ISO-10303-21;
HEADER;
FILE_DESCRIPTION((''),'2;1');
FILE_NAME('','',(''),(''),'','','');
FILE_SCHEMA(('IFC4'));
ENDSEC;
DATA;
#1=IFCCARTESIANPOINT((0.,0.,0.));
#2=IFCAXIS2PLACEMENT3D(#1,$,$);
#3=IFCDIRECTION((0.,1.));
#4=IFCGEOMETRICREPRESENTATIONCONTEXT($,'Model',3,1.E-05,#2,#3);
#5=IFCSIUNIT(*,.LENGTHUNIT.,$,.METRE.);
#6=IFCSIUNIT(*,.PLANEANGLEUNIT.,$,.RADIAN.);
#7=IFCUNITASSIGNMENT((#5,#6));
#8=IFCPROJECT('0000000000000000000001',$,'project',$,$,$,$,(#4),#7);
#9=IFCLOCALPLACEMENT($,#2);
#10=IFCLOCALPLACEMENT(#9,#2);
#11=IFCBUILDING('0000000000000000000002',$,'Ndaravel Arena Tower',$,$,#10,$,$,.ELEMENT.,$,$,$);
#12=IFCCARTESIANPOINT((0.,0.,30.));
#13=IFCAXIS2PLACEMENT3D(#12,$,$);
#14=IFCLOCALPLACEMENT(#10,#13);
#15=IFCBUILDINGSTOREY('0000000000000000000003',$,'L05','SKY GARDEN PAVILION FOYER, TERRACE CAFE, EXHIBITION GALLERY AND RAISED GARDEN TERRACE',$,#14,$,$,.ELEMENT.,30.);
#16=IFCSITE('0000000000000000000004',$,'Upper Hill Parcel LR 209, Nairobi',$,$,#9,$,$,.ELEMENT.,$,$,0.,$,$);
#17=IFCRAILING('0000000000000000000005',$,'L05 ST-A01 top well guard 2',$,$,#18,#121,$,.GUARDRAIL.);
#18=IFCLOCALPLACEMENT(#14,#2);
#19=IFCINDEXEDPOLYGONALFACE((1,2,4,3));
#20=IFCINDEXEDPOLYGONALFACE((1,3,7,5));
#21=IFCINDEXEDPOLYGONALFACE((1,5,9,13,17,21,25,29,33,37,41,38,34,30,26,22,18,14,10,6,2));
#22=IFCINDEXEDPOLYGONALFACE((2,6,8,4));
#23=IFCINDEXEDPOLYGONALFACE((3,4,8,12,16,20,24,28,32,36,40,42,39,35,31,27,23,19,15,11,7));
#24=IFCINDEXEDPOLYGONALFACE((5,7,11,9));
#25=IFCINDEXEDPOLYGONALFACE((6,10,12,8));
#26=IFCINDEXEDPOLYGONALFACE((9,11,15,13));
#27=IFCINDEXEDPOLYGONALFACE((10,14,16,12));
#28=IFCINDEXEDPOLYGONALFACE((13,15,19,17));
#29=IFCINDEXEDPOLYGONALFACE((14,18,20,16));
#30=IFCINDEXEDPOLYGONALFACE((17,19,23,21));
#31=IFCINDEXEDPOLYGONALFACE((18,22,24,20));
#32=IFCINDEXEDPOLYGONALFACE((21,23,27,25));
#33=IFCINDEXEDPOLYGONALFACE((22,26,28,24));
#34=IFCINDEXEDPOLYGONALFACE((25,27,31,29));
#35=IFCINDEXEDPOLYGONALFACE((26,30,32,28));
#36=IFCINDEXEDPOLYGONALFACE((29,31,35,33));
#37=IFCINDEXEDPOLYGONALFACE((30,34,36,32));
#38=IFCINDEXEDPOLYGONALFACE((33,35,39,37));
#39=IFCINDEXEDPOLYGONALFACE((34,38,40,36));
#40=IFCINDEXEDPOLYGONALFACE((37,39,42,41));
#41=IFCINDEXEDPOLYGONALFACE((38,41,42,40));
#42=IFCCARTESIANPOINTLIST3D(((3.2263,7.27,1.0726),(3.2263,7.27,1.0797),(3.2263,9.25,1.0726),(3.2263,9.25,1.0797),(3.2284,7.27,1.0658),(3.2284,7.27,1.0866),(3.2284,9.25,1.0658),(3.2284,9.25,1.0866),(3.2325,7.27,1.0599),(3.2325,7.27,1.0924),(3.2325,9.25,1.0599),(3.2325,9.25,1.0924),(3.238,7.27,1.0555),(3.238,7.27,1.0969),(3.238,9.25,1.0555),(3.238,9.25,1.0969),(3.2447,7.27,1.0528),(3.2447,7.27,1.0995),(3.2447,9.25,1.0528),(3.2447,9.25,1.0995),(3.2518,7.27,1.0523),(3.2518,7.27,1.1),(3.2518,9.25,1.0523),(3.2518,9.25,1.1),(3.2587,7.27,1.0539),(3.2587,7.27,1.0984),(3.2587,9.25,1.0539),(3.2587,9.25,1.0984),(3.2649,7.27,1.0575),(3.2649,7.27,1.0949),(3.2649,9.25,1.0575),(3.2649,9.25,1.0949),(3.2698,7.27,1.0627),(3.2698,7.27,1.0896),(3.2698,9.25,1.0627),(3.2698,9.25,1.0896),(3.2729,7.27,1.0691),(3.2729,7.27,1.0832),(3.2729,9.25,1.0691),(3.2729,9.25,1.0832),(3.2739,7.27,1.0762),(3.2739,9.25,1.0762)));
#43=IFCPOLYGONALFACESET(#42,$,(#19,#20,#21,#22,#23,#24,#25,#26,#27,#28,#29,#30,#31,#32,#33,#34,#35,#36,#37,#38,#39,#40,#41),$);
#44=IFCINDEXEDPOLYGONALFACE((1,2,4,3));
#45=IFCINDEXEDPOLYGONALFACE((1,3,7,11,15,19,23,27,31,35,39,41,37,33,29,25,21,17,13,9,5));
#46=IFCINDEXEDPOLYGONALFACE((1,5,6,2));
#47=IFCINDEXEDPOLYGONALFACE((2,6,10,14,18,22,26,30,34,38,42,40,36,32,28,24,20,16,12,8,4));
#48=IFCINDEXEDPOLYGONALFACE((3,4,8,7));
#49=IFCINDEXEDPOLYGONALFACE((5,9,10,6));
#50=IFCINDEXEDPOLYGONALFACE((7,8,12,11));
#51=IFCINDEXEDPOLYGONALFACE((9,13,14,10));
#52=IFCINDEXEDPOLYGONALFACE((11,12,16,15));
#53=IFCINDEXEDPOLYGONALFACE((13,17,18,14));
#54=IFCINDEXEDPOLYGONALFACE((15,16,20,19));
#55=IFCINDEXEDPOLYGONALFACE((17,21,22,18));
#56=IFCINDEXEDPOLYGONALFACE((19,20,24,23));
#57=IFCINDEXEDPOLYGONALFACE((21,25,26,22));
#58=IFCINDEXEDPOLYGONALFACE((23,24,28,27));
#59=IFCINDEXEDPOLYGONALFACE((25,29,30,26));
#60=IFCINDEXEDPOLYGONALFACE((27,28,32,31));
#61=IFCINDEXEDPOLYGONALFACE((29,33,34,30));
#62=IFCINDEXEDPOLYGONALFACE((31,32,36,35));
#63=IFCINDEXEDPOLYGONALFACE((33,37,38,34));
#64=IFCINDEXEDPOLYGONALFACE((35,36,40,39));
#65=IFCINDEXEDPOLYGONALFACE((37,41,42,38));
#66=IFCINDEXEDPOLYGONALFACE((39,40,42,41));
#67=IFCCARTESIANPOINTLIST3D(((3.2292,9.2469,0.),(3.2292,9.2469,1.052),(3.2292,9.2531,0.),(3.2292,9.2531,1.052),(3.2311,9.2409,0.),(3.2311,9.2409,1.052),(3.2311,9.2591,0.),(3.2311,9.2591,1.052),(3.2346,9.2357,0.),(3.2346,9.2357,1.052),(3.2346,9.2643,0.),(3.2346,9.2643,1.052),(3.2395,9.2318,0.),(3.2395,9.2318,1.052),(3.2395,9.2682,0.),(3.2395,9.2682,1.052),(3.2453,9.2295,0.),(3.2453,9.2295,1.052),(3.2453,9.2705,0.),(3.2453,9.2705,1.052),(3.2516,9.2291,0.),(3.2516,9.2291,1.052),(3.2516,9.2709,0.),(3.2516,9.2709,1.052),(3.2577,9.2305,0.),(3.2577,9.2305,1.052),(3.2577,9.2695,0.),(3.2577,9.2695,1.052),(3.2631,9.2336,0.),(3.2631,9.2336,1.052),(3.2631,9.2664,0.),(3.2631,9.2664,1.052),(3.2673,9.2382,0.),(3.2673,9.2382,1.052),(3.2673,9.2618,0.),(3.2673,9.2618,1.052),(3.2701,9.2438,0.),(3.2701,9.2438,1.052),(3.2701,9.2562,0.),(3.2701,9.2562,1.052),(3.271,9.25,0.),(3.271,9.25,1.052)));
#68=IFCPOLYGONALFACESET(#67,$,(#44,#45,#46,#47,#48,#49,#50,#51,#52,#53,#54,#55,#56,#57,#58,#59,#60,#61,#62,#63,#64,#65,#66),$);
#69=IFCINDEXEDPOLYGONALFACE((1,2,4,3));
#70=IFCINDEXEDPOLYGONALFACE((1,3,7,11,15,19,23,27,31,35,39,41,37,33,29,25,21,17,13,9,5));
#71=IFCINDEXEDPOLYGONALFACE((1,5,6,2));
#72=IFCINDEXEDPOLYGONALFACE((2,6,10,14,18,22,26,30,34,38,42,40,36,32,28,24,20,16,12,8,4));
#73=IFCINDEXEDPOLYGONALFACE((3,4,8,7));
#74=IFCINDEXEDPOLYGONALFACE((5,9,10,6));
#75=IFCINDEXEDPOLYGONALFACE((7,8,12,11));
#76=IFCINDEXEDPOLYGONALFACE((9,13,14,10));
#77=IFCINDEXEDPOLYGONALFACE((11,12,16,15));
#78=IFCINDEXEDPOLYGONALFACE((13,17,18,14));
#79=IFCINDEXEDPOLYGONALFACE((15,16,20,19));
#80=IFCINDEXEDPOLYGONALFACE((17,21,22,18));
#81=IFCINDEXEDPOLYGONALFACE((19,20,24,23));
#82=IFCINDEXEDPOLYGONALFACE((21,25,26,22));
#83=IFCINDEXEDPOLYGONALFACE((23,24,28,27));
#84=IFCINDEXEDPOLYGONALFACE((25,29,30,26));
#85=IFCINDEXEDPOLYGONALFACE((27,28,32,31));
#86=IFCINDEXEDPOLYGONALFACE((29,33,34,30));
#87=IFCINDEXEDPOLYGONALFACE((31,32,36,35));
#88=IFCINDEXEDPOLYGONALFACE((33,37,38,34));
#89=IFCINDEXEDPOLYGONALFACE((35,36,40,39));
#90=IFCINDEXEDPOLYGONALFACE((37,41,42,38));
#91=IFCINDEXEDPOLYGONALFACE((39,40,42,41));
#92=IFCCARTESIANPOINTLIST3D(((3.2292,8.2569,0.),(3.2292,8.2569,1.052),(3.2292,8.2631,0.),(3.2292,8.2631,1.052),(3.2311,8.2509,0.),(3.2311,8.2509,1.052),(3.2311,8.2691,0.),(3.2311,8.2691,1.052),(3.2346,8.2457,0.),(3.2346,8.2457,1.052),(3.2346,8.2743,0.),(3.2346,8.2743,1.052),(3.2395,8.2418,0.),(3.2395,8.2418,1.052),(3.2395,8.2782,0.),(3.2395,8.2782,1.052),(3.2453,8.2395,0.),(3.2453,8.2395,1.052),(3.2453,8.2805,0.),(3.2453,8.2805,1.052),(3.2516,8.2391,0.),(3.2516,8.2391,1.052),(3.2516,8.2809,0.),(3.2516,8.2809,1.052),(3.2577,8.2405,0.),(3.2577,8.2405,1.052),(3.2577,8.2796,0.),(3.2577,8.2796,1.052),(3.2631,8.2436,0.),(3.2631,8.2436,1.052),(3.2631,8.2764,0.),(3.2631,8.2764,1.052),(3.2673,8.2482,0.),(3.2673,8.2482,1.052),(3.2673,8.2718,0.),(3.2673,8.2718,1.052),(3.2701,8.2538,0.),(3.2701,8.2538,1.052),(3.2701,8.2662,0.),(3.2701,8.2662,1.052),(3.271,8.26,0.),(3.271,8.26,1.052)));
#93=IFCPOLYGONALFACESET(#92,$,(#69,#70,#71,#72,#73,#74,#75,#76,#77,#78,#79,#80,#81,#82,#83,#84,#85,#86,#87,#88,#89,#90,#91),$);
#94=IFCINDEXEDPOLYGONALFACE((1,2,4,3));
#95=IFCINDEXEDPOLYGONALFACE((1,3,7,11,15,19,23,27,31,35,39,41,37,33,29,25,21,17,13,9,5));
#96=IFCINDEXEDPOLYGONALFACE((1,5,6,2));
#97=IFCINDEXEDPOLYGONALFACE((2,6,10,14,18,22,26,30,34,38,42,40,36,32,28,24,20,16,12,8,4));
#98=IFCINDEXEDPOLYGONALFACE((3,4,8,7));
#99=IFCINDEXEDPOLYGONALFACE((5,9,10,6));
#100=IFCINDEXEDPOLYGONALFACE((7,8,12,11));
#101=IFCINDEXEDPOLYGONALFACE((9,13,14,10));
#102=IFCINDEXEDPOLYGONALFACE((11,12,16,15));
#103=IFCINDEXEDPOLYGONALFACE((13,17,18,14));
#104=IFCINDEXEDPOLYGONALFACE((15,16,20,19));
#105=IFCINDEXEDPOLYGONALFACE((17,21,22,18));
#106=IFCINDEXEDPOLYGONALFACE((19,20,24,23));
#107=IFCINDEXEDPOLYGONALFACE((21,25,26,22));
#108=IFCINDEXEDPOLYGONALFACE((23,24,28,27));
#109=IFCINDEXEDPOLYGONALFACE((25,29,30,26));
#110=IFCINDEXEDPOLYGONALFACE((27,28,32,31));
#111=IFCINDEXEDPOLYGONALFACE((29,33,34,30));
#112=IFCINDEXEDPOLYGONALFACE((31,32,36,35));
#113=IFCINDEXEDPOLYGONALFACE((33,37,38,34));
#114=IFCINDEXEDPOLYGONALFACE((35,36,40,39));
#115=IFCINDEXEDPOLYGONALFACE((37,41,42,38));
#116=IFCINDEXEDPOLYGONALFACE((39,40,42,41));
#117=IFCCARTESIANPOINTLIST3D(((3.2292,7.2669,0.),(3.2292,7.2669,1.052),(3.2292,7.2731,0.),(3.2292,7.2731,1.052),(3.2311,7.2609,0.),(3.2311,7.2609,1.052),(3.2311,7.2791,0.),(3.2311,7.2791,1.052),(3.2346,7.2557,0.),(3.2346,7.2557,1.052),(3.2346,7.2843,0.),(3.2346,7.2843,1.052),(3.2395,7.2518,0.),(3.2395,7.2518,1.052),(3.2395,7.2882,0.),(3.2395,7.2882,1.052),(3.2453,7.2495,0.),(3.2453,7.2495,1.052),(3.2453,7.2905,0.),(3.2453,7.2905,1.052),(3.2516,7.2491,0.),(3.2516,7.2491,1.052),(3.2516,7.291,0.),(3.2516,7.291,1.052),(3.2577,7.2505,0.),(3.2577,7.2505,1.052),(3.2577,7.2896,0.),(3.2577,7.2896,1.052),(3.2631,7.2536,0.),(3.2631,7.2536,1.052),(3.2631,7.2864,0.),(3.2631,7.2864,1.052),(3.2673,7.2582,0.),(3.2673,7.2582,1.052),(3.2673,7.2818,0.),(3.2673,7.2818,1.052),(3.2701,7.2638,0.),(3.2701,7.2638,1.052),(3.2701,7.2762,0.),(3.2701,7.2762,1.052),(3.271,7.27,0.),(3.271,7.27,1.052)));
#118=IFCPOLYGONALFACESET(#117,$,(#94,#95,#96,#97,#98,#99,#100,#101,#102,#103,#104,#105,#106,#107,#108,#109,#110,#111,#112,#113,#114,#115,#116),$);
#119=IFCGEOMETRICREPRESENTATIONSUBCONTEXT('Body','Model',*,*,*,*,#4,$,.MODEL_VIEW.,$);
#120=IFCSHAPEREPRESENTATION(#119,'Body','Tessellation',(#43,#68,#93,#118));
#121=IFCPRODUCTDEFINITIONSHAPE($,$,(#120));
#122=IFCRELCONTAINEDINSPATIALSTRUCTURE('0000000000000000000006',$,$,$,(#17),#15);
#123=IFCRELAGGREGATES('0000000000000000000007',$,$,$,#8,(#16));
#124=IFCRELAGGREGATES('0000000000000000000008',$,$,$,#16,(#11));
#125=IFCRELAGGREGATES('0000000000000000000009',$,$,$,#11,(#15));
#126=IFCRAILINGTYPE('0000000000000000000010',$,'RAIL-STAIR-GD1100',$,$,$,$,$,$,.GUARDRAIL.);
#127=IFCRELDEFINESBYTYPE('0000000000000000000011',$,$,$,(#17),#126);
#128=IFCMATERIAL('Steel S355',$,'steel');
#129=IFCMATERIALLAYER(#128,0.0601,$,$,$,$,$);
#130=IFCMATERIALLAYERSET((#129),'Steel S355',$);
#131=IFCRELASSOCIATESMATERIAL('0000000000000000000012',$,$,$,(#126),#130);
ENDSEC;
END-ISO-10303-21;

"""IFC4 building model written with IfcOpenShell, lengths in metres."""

from ifc_helpers import new_model, si_unit, direction, frame, origin, origin_2d, place, context, subcontext, project, spatial, circle, extrude, material, layer, layer_set, type_object, element, save


model = new_model("IFC4")

# Units and contexts
model_context = context("Model", 3, precision=1e-05, world=origin(), true_north=direction((0.0, 1.0)))
body_context = subcontext(model_context, "Body", "Model", "MODEL_VIEW")
ifc_project = project(units=[si_unit("LENGTHUNIT", "METRE"), si_unit("PLANEANGLEUNIT", "RADIAN")], contexts=[model_context])

# Site, building, storey
site_placement = place(None, origin())
site = spatial("IfcSite", under=ifc_project, at=site_placement, Name="Upper Hill Parcel LR 209, Nairobi", CompositionType="ELEMENT", RefElevation=0.0)
building_placement = place(site_placement, origin())
building = spatial("IfcBuilding", under=site, at=building_placement, Name="Ndaravel Arena Tower", CompositionType="ELEMENT")
storey_placement = place(building_placement, frame((0.0, 0.0, 30.0)))
storey = spatial("IfcBuildingStorey", under=building, at=storey_placement, Name="L05", Description="SKY GARDEN PAVILION FOYER, TERRACE CAFE, EXHIBITION GALLERY AND RAISED GARDEN TERRACE", CompositionType="ELEMENT", Elevation=30.0)

# Railing
ifc_material_1 = material(Name="Steel S355", Category="steel")
ifc_layer_1 = layer(ifc_material_1, 0.0601)
ifc_layer_set_1 = layer_set([ifc_layer_1], Name="Steel S355")
railing_type_1 = type_object("IfcRailingType", Name="RAIL-STAIR-GD1100", PredefinedType="GUARDRAIL", material=ifc_layer_set_1)
for number, where, name in (
    (1, (3.25, 9.25, 0.0), "L05 ST-A01 top well guard 2"),
):
    element("IfcRailing", number, at=place(storey_placement, frame(where)), inside=storey, type_object=railing_type_1, Name=name, PredefinedType="GUARDRAIL", context=body_context, shape_type="SweptSolid", body=[
        extrude(circle(Radius=0.0239, at=origin_2d()), frame((0.0, 0.0, 1.0762), z_axis=(0.0, -1.0, 0.0), x_axis=(1.0, 0.0, 0.0)), (0.0, 0.0, 1.0), 1.98),
        extrude(circle(Radius=0.021, at=origin_2d()), origin(), (0.0, 0.0, 1.0), 1.052),
        extrude(circle(Radius=0.021, at=origin_2d()), frame((0.0, -0.99, 0.0)), (0.0, 0.0, 1.0), 1.052),
        extrude(circle(Radius=0.021, at=origin_2d()), frame((0.0, -1.98, 0.0)), (0.0, 0.0, 1.0), 1.052),
    ])

save(model, "model.ifc")
